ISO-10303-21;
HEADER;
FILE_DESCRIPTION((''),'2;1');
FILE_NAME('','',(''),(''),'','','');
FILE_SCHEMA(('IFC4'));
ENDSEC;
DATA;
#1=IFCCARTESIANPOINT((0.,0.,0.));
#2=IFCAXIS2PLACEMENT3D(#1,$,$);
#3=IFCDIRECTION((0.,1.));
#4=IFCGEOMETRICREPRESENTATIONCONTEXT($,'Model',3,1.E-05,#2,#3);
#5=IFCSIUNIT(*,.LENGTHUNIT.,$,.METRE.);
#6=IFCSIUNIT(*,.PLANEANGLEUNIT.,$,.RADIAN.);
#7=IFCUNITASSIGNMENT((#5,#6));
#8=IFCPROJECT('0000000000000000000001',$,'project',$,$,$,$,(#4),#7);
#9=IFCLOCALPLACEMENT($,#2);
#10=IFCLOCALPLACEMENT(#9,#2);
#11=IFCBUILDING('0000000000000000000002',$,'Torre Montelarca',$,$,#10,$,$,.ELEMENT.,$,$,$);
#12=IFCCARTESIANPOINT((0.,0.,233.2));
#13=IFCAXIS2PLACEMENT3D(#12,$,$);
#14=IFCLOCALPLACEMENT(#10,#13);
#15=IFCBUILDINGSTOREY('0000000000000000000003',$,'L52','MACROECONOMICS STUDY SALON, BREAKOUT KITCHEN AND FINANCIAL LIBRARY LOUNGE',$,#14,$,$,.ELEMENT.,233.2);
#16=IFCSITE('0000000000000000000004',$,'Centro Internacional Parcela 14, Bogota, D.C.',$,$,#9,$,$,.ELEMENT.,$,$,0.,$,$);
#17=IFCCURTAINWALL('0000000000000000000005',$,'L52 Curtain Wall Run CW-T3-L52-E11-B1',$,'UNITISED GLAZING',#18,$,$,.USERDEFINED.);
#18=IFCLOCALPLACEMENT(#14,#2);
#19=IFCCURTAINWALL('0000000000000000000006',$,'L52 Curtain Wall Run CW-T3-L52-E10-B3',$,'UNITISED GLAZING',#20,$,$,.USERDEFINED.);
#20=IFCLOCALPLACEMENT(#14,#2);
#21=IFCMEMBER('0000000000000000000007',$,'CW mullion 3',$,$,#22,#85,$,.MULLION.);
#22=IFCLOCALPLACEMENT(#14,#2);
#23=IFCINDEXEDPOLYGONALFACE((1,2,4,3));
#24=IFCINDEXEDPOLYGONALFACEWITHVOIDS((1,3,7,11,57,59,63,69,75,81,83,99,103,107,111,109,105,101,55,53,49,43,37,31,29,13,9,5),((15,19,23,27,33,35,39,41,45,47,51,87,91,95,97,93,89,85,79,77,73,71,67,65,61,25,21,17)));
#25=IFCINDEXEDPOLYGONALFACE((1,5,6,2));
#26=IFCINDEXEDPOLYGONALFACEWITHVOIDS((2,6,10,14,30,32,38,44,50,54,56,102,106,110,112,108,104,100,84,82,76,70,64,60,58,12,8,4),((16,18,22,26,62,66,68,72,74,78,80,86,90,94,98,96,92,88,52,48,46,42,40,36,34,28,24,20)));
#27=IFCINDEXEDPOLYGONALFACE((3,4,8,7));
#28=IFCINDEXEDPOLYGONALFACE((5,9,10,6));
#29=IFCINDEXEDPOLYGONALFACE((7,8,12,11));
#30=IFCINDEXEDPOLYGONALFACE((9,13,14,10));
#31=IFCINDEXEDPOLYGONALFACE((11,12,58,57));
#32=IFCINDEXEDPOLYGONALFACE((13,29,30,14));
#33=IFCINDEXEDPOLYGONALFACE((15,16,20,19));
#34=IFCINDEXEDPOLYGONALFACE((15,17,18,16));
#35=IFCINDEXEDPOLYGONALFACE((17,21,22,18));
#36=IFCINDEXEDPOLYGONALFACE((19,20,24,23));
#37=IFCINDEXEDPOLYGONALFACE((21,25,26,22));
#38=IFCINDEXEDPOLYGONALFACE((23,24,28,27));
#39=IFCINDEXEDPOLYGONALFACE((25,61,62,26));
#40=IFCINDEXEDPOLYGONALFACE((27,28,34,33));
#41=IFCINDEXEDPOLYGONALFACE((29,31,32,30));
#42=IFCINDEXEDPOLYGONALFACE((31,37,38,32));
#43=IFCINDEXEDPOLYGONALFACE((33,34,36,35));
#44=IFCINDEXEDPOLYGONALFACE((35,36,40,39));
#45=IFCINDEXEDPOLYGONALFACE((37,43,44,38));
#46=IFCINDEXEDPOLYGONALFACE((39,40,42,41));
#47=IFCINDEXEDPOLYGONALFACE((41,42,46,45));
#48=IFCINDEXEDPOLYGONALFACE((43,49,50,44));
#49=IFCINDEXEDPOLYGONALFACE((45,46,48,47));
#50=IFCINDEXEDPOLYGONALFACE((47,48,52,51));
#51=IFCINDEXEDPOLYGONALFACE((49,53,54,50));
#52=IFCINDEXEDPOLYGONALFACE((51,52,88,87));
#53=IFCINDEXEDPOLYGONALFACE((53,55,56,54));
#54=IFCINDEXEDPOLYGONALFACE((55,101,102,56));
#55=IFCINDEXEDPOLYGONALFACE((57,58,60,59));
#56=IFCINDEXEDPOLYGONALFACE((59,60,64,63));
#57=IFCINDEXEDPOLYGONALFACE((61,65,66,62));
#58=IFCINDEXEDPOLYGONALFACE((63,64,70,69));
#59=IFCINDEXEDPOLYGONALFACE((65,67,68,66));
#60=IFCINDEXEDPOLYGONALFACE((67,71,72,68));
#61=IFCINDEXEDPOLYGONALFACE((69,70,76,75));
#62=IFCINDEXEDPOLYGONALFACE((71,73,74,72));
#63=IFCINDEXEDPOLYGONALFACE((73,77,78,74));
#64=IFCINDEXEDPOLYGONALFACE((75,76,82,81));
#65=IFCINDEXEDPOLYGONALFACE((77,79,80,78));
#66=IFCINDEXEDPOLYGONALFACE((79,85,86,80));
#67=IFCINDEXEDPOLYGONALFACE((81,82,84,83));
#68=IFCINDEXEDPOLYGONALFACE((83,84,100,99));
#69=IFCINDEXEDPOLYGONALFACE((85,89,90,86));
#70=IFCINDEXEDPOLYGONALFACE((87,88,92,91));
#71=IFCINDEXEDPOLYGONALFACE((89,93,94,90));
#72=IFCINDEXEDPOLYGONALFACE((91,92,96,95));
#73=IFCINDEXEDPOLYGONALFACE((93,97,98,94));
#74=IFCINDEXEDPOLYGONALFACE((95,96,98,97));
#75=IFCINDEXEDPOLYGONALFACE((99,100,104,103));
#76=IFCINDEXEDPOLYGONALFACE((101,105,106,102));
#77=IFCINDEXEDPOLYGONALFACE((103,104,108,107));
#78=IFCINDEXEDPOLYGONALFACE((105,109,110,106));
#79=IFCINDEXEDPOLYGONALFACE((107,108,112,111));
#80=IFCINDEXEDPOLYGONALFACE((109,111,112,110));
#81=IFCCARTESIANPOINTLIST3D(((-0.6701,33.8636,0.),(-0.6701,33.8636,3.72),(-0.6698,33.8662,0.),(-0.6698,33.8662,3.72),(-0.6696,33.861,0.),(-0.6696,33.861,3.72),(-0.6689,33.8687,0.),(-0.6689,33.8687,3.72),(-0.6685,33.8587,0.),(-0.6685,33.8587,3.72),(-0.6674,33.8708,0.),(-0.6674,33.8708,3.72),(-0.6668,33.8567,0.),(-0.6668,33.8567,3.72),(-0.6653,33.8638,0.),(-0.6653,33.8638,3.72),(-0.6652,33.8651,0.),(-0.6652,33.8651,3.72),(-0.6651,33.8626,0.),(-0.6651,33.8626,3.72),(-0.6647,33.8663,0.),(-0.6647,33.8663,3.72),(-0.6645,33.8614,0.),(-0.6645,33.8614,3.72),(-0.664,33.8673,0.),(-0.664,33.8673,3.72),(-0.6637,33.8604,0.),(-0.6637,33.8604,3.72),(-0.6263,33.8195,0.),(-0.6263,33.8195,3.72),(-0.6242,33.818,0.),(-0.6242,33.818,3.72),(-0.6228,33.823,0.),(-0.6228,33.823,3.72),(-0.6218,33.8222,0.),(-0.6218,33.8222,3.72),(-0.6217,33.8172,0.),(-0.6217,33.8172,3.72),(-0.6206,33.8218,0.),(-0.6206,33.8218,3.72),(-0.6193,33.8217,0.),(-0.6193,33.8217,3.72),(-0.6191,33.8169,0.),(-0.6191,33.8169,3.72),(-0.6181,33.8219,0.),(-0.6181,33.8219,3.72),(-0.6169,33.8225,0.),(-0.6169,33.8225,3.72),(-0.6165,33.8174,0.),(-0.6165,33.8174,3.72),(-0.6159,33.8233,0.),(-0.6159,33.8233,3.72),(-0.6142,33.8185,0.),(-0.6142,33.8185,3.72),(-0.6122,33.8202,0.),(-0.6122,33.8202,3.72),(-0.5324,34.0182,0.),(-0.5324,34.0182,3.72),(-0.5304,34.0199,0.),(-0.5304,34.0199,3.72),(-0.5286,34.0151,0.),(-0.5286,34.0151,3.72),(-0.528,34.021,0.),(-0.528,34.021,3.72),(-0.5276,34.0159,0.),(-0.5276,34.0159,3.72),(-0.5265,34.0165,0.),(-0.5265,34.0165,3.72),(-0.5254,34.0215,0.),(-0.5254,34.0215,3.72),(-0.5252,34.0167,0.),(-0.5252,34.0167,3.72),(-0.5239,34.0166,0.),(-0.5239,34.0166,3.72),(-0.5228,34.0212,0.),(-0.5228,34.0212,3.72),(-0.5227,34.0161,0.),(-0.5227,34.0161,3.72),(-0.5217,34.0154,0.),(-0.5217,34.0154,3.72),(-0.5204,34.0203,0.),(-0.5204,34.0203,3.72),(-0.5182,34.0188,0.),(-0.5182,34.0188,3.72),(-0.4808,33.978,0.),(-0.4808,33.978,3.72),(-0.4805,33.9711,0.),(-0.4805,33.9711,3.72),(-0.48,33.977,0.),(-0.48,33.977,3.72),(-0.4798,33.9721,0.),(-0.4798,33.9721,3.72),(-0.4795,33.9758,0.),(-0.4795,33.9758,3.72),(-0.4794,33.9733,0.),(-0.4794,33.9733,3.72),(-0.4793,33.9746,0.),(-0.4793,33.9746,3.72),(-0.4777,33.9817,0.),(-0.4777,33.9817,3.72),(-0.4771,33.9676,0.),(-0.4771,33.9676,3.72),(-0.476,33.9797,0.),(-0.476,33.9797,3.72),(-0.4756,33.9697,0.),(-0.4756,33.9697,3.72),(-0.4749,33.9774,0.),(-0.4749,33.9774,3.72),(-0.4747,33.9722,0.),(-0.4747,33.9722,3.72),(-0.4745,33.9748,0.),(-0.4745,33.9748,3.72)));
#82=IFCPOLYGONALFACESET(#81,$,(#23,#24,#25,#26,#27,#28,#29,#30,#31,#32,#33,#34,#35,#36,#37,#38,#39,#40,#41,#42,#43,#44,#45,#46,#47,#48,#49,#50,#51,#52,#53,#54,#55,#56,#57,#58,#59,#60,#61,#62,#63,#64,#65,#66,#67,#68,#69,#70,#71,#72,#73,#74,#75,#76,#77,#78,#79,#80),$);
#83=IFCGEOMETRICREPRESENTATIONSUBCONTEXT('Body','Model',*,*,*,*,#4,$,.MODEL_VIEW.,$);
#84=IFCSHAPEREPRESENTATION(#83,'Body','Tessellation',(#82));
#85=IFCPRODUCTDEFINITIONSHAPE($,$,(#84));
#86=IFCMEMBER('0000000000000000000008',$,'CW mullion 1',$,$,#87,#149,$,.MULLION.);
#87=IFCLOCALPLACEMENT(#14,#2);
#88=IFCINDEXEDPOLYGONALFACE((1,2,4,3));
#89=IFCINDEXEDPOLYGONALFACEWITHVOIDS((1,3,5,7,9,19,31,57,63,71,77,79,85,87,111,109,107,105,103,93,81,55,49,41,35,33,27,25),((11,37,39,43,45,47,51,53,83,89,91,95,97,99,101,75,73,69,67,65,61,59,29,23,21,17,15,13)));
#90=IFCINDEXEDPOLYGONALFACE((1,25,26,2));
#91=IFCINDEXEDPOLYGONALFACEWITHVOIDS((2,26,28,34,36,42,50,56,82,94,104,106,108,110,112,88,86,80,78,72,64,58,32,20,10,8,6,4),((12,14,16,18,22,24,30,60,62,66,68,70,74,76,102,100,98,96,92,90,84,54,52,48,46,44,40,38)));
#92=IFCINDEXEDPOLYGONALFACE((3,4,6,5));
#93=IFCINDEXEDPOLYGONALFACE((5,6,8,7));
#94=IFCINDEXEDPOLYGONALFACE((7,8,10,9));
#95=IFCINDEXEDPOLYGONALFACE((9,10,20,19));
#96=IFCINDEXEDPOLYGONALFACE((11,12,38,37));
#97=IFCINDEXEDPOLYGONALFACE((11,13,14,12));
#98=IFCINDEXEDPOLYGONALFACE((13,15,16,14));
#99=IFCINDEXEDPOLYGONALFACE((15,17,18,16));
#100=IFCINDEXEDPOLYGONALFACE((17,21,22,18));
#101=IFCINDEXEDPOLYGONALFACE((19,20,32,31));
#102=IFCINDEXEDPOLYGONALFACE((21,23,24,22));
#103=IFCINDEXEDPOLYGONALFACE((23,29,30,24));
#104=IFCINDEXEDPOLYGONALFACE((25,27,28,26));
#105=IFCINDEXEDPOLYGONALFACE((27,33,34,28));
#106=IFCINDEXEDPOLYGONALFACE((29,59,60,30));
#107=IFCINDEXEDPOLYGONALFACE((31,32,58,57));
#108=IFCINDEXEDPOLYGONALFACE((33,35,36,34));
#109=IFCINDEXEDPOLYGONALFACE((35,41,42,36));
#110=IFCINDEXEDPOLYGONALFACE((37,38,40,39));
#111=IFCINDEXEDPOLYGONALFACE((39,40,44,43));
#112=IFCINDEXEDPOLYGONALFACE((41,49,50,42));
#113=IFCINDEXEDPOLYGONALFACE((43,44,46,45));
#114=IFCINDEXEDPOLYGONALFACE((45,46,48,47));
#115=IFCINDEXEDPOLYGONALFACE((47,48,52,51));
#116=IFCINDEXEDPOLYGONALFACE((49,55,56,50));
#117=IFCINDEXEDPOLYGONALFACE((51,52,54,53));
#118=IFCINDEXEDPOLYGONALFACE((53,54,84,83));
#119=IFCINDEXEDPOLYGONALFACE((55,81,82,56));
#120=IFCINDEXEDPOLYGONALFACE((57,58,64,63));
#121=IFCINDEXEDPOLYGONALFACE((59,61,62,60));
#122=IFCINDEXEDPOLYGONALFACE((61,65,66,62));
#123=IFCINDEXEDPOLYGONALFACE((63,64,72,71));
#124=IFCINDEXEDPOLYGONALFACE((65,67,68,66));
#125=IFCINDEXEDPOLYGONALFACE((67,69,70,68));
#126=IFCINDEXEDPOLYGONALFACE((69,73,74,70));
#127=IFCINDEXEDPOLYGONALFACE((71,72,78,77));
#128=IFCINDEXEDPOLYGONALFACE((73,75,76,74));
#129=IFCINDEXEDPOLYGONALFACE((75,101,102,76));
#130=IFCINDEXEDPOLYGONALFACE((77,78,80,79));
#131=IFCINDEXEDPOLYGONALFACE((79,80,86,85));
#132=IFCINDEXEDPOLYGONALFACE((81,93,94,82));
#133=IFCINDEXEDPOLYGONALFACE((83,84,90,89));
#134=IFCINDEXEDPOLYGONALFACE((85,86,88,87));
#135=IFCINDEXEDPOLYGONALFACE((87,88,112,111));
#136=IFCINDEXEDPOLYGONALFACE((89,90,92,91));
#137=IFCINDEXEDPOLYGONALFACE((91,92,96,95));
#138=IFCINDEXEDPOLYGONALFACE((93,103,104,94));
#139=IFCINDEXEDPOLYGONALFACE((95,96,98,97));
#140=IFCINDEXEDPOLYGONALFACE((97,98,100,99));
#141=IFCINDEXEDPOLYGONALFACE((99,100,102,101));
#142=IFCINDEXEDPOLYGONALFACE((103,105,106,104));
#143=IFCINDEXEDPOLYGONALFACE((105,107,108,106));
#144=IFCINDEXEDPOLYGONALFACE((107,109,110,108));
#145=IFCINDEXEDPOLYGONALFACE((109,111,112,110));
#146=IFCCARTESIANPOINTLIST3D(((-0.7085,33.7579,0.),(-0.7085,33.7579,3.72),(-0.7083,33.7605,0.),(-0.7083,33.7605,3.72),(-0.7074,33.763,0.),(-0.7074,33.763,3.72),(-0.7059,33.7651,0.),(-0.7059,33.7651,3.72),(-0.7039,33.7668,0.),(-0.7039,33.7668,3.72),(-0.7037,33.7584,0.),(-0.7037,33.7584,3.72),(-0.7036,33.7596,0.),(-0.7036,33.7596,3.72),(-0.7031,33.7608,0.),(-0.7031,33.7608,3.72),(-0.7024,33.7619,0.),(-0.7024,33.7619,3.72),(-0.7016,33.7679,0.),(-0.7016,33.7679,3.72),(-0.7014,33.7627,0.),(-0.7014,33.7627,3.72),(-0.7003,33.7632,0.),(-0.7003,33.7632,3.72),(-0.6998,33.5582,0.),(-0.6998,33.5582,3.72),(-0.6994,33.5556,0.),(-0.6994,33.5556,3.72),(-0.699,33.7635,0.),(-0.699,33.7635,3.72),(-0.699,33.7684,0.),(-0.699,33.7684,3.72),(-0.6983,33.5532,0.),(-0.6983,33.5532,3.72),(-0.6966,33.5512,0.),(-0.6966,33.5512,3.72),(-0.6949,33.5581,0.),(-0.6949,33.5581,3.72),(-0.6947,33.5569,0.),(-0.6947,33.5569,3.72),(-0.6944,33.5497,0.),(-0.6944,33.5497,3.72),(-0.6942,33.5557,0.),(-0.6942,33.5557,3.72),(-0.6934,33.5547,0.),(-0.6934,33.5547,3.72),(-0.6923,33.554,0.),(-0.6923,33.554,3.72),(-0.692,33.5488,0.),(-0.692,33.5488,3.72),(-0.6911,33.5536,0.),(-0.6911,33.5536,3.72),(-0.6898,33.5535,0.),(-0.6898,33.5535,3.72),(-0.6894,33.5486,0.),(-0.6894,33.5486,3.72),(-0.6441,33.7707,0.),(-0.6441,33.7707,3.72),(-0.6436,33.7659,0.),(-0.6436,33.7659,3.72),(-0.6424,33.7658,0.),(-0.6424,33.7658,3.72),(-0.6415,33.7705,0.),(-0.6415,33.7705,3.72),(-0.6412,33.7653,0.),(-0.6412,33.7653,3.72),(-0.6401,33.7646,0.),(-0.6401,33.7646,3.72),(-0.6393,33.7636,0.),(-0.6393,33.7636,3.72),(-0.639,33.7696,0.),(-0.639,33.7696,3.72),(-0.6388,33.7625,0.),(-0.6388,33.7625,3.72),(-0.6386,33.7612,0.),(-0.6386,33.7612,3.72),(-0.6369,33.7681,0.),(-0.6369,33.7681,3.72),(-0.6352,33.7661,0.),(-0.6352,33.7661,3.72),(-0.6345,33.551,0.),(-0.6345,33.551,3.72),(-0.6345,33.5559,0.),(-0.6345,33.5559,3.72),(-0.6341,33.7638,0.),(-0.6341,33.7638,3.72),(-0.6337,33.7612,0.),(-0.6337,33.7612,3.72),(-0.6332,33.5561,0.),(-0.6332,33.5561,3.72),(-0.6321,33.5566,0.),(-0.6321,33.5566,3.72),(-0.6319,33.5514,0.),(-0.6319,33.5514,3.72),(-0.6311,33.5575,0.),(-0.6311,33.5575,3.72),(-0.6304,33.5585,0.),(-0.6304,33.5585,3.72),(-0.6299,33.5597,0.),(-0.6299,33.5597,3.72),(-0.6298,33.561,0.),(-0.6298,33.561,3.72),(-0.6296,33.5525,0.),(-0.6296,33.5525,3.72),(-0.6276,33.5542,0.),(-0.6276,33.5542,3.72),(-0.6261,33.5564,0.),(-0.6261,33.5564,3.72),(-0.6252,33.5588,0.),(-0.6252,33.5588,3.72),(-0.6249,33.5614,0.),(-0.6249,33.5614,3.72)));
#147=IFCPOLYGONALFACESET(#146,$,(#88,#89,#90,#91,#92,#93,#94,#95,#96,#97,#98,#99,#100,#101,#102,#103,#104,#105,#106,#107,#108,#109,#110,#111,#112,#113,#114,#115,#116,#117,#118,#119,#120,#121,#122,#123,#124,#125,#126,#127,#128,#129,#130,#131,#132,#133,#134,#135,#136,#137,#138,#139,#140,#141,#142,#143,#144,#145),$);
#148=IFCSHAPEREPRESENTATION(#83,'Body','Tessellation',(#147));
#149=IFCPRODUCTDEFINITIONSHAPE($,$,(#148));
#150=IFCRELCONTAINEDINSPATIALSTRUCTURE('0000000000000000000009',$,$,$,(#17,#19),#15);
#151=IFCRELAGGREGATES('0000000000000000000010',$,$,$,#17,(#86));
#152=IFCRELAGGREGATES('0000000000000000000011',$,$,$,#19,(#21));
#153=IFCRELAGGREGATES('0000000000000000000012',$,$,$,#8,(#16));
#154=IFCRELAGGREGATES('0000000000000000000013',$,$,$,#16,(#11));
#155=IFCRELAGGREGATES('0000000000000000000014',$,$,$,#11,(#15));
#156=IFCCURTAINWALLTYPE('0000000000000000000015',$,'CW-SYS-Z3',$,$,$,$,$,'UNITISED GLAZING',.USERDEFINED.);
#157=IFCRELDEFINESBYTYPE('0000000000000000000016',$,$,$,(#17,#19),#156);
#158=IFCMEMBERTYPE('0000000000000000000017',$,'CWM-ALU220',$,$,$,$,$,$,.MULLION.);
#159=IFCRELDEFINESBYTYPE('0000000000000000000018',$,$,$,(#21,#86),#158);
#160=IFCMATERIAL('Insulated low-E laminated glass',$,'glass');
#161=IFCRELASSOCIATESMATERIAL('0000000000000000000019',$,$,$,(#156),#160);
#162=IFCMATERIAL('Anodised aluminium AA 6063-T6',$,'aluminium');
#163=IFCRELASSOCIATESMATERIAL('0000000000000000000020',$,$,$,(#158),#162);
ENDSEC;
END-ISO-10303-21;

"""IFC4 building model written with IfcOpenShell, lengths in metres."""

from ifc_helpers import new_model, si_unit, direction, frame, origin, origin_2d, place, context, subcontext, project, spatial, hollow_rectangle, extrude, source, transform, mapped, material, material_profile, profile_set, type_object, element, aggregate, save


model = new_model("IFC4")

# Units and contexts
model_context = context("Model", 3, precision=1e-05, world=origin(), true_north=direction((0.0, 1.0)))
body_context = subcontext(model_context, "Body", "Model", "MODEL_VIEW")
ifc_project = project(units=[si_unit("LENGTHUNIT", "METRE"), si_unit("PLANEANGLEUNIT", "RADIAN")], contexts=[model_context])

# Site, building, storey
site_placement = place(None, origin())
site = spatial("IfcSite", under=ifc_project, at=site_placement, Name="Centro Internacional Parcela 14, Bogota, D.C.", CompositionType="ELEMENT", RefElevation=0.0)
building_placement = place(site_placement, origin())
building = spatial("IfcBuilding", under=site, at=building_placement, Name="Torre Montelarca", CompositionType="ELEMENT")
storey_placement = place(building_placement, frame((0.0, 0.0, 233.2)))
storey = spatial("IfcBuildingStorey", under=building, at=storey_placement, Name="L52", Description="MACROECONOMICS STUDY SALON, BREAKOUT KITCHEN AND FINANCIAL LIBRARY LOUNGE", CompositionType="ELEMENT", Elevation=233.2)

# Curtain wall
ifc_material_1 = material(Name="Insulated low-E laminated glass", Category="glass")
curtain_wall_type = type_object("IfcCurtainWallType", Name="CW-SYS-Z3", ElementType="UNITISED GLAZING", PredefinedType="USERDEFINED", material=ifc_material_1)
curtain_wall_1_placement = place(storey_placement, origin())
curtain_wall_1 = element("IfcCurtainWall", 1, at=curtain_wall_1_placement, inside=storey, type_object=curtain_wall_type, Name="L52 Curtain Wall Run CW-T3-L52-E11-B1", ObjectType="UNITISED GLAZING", PredefinedType="USERDEFINED")
ifc_material_2 = material(Name="Anodised aluminium AA 6063-T6", Category="aluminium")

# Curtain wall, member
curtain_wall_2_placement = place(storey_placement, origin())
curtain_wall_2 = element("IfcCurtainWall", 2, at=curtain_wall_2_placement, inside=storey, type_object=curtain_wall_type, Name="L52 Curtain Wall Run CW-T3-L52-E10-B3", ObjectType="UNITISED GLAZING", PredefinedType="USERDEFINED")
ifc_material_profile_1 = material_profile(ifc_material_2, hollow_rectangle(XDim=0.075, YDim=0.22, WallThickness=0.0049, InnerFilletRadius=0.0049, OuterFilletRadius=0.01, at=origin_2d()), Name="ALU75X220X5", Category="aluminium")
ifc_profile_set_1 = profile_set([ifc_material_profile_1], Name="Anodised aluminium AA 6063-T6")
member_type_1 = type_object("IfcMemberType", Name="CWM-ALU220", PredefinedType="MULLION", material=ifc_profile_set_1)
shared_shape_1 = source(origin(), body_context, "Body", "SweptSolid", [
    extrude(hollow_rectangle(XDim=0.075, YDim=0.22, WallThickness=0.0049, InnerFilletRadius=0.0049, OuterFilletRadius=0.01, at=origin_2d()), origin(), (0.0, 0.0, 1.0), 3.72),
])
member_1_placement = place(storey_placement, frame((-0.5723, 33.9192, 0.0), z_axis=(0.0, 0.0, 1.0), x_axis=(0.737287, -0.67558, 0.0)))
member_1 = element("IfcMember", 3, at=member_1_placement, type_object=member_type_1, Name="CW mullion 3", PredefinedType="MULLION", context=body_context, shape_type="MappedRepresentation", body=[
    mapped(shared_shape_1, transform((0.0, 0.0, 0.0), scale=1.0)),
])

# Member
member_2_placement = place(storey_placement, frame((-0.6667, 33.6597, 0.0), z_axis=(0.0, 0.0, 1.0), x_axis=(0.999048, 0.043616, 0.0)))
member_2 = element("IfcMember", 4, at=member_2_placement, type_object=member_type_1, Name="CW mullion 1", PredefinedType="MULLION", context=body_context, shape_type="MappedRepresentation", body=[
    mapped(shared_shape_1, transform((0.0, 0.0, 0.0), scale=1.0)),
])

aggregate(curtain_wall_1, [member_2])
aggregate(curtain_wall_2, [member_1])

save(model, "model.ifc")
